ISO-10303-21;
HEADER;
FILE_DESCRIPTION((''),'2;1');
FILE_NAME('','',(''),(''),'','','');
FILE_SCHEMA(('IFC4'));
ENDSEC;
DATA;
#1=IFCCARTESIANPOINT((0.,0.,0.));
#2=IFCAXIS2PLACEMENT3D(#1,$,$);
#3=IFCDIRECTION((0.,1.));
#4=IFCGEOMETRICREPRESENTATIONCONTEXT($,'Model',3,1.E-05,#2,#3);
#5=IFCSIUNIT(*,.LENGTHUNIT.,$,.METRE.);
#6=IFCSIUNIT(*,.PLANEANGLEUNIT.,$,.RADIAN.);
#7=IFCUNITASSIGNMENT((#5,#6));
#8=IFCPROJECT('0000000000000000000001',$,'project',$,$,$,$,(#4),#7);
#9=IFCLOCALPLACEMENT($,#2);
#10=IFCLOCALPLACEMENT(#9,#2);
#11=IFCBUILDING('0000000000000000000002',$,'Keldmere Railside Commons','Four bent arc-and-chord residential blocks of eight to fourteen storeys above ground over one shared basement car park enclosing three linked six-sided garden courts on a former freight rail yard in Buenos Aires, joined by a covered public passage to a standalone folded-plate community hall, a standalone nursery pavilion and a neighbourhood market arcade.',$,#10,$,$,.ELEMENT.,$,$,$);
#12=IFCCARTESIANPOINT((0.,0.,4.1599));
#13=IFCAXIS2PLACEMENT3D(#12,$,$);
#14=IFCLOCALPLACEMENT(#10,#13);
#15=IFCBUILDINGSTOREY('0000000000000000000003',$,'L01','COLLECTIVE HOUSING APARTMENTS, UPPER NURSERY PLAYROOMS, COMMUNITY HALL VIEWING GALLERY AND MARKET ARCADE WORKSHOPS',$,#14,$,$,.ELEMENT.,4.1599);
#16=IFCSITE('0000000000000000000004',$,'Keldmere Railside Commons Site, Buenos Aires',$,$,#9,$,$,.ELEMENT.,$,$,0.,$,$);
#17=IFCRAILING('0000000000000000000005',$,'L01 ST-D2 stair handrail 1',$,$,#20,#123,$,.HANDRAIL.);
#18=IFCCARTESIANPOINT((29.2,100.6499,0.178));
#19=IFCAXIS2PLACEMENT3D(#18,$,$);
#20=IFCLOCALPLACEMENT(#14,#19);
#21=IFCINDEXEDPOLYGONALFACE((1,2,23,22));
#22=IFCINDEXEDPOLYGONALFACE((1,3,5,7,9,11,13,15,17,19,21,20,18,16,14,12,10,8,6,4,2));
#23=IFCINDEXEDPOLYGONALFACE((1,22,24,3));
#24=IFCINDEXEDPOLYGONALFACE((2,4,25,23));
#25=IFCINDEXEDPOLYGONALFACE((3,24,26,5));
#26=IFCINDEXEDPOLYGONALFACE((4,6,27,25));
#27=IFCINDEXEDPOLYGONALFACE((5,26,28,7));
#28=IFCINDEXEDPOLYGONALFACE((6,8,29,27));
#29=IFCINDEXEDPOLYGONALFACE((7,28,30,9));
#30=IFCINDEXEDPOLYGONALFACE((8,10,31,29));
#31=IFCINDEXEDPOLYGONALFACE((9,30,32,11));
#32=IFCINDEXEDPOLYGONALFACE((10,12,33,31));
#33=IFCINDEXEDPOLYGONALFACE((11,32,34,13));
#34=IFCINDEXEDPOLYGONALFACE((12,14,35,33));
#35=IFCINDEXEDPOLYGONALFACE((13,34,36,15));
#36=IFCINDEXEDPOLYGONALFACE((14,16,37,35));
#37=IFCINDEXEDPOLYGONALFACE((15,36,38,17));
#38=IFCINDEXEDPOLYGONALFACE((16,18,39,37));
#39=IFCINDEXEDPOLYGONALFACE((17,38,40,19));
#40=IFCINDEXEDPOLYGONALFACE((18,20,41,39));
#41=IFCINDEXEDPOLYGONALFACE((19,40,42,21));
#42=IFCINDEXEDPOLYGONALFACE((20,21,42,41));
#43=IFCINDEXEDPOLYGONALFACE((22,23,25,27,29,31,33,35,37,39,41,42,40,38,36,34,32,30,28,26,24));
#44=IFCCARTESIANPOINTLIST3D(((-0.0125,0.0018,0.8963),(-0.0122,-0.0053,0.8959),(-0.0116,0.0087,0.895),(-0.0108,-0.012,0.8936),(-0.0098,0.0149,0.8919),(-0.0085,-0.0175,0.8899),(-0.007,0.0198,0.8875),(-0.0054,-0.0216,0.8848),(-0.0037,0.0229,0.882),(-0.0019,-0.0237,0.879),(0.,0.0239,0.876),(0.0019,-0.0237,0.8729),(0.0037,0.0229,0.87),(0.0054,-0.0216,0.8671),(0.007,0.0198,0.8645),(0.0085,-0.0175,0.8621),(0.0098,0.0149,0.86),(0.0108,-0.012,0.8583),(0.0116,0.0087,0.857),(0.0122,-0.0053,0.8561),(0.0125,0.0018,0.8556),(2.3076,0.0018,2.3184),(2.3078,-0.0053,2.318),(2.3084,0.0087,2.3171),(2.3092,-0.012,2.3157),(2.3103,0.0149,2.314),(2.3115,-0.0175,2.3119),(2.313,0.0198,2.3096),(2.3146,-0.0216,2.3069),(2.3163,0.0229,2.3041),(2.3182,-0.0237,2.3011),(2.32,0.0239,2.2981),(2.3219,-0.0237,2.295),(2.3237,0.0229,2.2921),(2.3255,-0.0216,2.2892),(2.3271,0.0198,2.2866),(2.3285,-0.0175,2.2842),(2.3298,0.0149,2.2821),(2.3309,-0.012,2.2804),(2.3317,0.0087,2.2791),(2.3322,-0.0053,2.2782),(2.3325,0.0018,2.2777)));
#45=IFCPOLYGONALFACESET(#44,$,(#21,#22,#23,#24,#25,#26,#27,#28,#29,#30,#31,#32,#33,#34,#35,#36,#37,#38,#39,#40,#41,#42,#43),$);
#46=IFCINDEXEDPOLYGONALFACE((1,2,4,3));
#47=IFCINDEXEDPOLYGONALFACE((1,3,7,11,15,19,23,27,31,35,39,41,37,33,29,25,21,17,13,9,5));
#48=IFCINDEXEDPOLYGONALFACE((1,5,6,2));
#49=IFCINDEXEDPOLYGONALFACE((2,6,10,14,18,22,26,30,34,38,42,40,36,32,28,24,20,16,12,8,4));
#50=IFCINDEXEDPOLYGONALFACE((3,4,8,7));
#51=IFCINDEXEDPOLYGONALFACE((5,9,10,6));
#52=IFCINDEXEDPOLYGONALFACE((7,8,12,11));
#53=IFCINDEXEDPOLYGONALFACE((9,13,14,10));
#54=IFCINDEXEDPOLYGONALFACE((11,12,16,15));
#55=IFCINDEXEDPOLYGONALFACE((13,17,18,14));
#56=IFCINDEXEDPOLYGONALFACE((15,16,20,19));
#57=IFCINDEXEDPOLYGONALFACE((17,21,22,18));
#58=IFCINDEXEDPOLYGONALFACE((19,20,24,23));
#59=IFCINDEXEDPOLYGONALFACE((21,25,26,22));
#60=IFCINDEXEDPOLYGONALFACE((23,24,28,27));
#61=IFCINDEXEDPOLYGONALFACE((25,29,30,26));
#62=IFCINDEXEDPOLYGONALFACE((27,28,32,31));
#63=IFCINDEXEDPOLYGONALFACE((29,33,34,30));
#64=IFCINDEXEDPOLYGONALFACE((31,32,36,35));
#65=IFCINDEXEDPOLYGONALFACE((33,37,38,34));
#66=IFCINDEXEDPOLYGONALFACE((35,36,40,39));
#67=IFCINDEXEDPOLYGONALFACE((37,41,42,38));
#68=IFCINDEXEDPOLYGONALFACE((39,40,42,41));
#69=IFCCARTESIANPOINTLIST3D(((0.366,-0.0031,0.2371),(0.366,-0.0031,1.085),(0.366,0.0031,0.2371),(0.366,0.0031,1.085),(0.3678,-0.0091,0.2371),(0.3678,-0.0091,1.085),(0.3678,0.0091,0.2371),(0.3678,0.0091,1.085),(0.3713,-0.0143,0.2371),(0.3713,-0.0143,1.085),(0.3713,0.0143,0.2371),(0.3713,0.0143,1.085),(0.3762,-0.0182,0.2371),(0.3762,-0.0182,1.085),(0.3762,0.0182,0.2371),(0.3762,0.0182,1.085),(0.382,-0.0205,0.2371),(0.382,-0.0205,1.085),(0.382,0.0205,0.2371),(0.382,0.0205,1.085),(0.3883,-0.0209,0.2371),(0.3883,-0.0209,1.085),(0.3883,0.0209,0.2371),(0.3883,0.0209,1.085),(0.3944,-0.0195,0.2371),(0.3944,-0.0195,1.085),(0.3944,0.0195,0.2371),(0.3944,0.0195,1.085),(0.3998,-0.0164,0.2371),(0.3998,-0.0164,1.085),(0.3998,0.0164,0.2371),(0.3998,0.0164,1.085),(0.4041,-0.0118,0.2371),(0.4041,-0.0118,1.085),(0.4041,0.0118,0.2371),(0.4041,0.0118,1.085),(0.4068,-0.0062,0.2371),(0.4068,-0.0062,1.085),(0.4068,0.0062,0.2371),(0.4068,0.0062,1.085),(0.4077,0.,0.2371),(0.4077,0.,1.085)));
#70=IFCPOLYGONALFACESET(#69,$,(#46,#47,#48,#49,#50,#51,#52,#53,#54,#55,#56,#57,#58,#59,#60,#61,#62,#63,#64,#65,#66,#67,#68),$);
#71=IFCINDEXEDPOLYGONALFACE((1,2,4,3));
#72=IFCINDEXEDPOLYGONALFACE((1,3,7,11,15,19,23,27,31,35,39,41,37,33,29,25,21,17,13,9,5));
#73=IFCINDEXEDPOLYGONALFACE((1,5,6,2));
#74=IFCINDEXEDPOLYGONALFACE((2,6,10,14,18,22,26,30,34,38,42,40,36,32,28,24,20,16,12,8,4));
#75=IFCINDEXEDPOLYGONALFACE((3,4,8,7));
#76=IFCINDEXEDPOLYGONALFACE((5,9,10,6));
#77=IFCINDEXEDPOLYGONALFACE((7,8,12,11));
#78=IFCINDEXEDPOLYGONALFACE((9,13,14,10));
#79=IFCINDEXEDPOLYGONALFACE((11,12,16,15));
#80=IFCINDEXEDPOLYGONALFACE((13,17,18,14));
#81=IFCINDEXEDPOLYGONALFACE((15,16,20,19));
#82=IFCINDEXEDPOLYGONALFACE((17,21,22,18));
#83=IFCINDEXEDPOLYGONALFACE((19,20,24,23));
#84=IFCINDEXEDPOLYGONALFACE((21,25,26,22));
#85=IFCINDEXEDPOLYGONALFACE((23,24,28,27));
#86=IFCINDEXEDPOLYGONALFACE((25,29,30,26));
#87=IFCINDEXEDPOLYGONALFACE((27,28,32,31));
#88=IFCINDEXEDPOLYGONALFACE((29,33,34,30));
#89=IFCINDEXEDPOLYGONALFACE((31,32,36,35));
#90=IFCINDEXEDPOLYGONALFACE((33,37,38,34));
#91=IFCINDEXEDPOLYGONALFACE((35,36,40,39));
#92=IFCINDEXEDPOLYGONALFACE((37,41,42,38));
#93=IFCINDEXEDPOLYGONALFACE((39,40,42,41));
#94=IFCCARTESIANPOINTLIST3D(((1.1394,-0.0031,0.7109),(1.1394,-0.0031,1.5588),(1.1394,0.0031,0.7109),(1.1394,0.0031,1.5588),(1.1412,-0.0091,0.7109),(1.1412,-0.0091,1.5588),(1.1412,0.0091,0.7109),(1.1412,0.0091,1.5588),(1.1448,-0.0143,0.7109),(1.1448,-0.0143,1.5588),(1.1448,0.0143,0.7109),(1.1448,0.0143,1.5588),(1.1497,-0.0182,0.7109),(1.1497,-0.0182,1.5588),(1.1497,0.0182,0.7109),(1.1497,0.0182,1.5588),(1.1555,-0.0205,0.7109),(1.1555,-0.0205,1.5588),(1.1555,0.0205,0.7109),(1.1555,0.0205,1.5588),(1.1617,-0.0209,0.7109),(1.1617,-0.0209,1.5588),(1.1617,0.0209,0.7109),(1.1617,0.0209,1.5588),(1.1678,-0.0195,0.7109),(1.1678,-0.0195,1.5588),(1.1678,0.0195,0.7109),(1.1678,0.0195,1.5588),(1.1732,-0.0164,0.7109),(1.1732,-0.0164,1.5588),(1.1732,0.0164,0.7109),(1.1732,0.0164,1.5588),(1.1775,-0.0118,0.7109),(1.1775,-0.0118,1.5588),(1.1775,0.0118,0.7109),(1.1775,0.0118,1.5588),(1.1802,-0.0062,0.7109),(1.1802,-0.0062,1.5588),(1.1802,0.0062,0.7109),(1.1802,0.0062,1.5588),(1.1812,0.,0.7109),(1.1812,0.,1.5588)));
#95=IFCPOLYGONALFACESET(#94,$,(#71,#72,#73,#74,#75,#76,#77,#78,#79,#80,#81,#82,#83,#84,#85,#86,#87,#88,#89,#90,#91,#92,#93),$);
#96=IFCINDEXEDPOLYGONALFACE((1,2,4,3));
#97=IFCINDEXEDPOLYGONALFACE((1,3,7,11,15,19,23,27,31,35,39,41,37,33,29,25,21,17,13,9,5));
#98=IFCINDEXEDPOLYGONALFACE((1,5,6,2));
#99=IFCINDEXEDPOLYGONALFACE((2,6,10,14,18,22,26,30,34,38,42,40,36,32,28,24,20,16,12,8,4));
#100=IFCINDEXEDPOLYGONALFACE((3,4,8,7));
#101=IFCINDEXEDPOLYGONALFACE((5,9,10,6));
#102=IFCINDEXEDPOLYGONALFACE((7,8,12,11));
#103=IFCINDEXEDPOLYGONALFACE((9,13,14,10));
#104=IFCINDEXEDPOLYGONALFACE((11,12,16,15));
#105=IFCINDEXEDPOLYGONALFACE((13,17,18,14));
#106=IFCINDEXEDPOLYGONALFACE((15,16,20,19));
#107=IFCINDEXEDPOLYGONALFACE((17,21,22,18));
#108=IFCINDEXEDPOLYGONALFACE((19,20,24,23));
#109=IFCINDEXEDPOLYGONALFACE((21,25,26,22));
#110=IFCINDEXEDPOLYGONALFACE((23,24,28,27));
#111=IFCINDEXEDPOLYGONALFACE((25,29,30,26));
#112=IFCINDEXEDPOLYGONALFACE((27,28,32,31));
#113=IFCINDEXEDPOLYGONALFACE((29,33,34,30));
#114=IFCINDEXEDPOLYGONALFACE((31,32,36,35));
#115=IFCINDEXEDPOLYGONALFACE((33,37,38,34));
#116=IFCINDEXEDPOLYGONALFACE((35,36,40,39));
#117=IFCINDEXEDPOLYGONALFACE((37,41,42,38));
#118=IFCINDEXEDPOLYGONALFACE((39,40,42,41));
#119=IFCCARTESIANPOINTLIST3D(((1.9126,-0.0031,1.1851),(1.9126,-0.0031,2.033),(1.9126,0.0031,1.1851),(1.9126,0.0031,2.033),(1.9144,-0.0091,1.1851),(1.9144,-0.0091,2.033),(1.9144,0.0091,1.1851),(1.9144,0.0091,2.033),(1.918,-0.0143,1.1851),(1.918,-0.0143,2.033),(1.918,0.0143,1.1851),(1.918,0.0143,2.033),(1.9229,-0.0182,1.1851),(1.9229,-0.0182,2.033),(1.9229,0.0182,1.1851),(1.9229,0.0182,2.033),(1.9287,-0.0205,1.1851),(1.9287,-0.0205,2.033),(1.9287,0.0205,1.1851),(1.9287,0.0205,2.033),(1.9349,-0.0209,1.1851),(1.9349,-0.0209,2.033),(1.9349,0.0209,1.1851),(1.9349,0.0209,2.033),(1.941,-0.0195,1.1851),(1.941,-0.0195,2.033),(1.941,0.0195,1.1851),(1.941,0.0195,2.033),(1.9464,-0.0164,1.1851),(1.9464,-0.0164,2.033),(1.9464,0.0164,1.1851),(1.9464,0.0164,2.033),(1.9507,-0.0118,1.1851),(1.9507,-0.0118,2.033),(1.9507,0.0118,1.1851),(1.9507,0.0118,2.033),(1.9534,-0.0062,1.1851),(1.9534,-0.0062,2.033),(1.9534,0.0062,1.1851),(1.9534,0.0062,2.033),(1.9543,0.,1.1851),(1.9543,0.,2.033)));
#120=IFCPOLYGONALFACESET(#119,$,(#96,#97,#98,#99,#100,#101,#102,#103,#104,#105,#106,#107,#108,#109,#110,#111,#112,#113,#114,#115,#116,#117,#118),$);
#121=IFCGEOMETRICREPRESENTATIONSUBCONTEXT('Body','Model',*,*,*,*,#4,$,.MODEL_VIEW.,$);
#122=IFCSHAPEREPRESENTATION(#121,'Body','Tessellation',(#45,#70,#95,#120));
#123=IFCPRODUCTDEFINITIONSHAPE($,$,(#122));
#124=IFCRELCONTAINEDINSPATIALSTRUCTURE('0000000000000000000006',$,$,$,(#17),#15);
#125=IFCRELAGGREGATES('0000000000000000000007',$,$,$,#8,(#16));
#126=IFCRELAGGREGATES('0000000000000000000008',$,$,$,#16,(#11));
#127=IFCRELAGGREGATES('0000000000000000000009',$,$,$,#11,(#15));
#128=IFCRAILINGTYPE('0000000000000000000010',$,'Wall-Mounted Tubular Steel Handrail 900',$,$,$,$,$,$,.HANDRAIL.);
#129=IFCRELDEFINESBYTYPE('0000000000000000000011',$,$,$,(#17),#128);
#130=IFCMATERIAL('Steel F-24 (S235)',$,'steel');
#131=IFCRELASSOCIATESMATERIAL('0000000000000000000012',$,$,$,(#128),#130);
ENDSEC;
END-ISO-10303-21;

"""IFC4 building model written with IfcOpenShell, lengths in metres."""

from ifc_helpers import new_model, si_unit, direction, frame, origin, origin_2d, place, context, subcontext, project, spatial, circle, extrude, material, type_object, element, save


model = new_model("IFC4")

# Units and contexts
model_context = context("Model", 3, precision=1e-05, world=origin(), true_north=direction((0.0, 1.0)))
body_context = subcontext(model_context, "Body", "Model", "MODEL_VIEW")
ifc_project = project(units=[si_unit("LENGTHUNIT", "METRE"), si_unit("PLANEANGLEUNIT", "RADIAN")], contexts=[model_context])

# Site, building, storey
site_placement = place(None, origin())
site = spatial("IfcSite", under=ifc_project, at=site_placement, Name="Keldmere Railside Commons Site, Buenos Aires", CompositionType="ELEMENT", RefElevation=0.0)
building_placement = place(site_placement, origin())
building = spatial("IfcBuilding", under=site, at=building_placement, Name="Keldmere Railside Commons", Description="Four bent arc-and-chord residential blocks of eight to fourteen storeys above ground over one shared basement car park enclosing three linked six-sided garden courts on a former freight rail yard in Buenos Aires, joined by a covered public passage to a standalone folded-plate community hall, a standalone nursery pavilion and a neighbourhood market arcade.", CompositionType="ELEMENT")
storey_placement = place(building_placement, frame((0.0, 0.0, 4.1599)))
storey = spatial("IfcBuildingStorey", under=building, at=storey_placement, Name="L01", Description="COLLECTIVE HOUSING APARTMENTS, UPPER NURSERY PLAYROOMS, COMMUNITY HALL VIEWING GALLERY AND MARKET ARCADE WORKSHOPS", CompositionType="ELEMENT", Elevation=4.1599)

# Shared definitions
ifc_material_1 = material(Name="Steel F-24 (S235)", Category="steel")

# Railing
railing_type_1 = type_object("IfcRailingType", Name="Wall-Mounted Tubular Steel Handrail 900", PredefinedType="HANDRAIL", material=ifc_material_1)
railing_1_placement = place(storey_placement, frame((29.2, 100.6499, 0.178)))
element("IfcRailing", 1, at=railing_1_placement, inside=storey, type_object=railing_type_1, Name="L01 ST-D2 stair handrail 1", PredefinedType="HANDRAIL", context=body_context, shape_type="SweptSolid", body=[
    extrude(circle(Radius=0.0239, at=origin_2d()), frame((0.0, 0.0, 0.876), z_axis=(0.852578, 0.0, 0.5226), x_axis=(0.0, 1.0, 0.0)), (0.0, 0.0, 1.0), 2.7212),
    extrude(circle(Radius=0.021, at=origin_2d()), frame((0.3867, 0.0, 0.2371)), (0.0, 0.0, 1.0), 0.8479),
    extrude(circle(Radius=0.021, at=origin_2d()), frame((1.1602, 0.0, 0.7109)), (0.0, 0.0, 1.0), 0.8479),
    extrude(circle(Radius=0.021, at=origin_2d()), frame((1.9333, 0.0, 1.1851)), (0.0, 0.0, 1.0), 0.8479),
])

save(model, "model.ifc")
